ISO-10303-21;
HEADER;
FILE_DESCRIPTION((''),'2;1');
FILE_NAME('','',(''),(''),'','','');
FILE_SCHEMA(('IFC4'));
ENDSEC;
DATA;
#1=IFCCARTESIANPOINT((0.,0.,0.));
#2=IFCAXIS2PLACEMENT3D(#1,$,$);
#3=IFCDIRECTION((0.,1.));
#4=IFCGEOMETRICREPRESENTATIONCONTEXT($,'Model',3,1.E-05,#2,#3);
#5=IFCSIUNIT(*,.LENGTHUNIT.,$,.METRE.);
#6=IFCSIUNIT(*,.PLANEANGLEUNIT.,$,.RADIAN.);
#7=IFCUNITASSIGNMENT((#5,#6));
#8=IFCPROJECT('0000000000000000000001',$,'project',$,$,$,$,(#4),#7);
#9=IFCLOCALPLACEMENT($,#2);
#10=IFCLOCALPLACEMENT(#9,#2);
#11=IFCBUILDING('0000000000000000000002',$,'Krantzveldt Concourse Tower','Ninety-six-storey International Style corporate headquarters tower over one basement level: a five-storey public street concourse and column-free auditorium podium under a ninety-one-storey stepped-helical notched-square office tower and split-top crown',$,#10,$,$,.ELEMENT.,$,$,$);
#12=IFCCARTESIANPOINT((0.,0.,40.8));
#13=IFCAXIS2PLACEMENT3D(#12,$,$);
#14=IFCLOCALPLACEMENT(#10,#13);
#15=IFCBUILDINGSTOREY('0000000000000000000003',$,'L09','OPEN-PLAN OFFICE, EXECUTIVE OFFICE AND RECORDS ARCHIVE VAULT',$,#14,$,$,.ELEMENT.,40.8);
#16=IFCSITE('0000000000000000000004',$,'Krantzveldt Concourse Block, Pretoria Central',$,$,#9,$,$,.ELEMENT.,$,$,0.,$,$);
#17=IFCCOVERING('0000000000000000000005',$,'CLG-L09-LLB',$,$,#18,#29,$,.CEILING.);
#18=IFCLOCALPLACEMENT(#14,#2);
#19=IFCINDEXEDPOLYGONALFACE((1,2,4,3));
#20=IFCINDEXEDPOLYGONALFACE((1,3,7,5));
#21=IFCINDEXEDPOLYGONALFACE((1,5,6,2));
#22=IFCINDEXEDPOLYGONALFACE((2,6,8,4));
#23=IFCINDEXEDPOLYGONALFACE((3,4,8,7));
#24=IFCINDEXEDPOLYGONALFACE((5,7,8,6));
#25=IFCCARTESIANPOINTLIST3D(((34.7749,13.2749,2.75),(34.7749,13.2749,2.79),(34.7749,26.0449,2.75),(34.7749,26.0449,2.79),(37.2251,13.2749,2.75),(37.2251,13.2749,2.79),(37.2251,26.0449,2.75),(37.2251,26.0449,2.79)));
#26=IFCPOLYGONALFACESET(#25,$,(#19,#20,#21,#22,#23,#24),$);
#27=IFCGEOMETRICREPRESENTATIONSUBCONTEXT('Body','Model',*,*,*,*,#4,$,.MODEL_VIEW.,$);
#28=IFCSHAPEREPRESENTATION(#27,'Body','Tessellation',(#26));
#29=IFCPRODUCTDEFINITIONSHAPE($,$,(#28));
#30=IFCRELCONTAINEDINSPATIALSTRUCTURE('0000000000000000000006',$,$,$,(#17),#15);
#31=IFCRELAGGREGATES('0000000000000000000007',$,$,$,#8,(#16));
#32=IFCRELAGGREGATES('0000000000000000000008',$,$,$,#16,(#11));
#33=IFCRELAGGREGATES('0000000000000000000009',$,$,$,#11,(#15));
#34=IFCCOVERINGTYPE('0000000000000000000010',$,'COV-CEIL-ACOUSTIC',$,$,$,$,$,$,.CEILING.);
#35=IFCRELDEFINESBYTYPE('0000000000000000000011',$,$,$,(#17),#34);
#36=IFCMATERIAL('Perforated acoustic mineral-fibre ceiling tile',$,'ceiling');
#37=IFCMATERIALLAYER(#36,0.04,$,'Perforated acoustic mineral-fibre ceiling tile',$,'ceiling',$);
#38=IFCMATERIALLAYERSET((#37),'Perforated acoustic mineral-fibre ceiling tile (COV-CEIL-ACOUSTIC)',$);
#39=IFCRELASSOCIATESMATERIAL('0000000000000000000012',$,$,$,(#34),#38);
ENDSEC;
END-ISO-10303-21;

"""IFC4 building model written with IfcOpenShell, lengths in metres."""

from ifc_helpers import new_model, si_unit, direction, frame, origin, place, context, subcontext, project, spatial, polyline, outline, extrude, material, layer, layer_set, type_object, element, save


model = new_model("IFC4")

# Units and contexts
model_context = context("Model", 3, precision=1e-05, world=origin(), true_north=direction((0.0, 1.0)))
body_context = subcontext(model_context, "Body", "Model", "MODEL_VIEW")
ifc_project = project(units=[si_unit("LENGTHUNIT", "METRE"), si_unit("PLANEANGLEUNIT", "RADIAN")], contexts=[model_context])

# Site, building, storey
site_placement = place(None, origin())
site = spatial("IfcSite", under=ifc_project, at=site_placement, Name="Krantzveldt Concourse Block, Pretoria Central", CompositionType="ELEMENT", RefElevation=0.0)
building_placement = place(site_placement, origin())
building = spatial("IfcBuilding", under=site, at=building_placement, Name="Krantzveldt Concourse Tower", Description="Ninety-six-storey International Style corporate headquarters tower over one basement level: a five-storey public street concourse and column-free auditorium podium under a ninety-one-storey stepped-helical notched-square office tower and split-top crown", CompositionType="ELEMENT")
storey_placement = place(building_placement, frame((0.0, 0.0, 40.8)))
storey = spatial("IfcBuildingStorey", under=building, at=storey_placement, Name="L09", Description="OPEN-PLAN OFFICE, EXECUTIVE OFFICE AND RECORDS ARCHIVE VAULT", CompositionType="ELEMENT", Elevation=40.8)

# Covering
ifc_material_1 = material(Name="Perforated acoustic mineral-fibre ceiling tile", Category="ceiling")
ifc_layer_1 = layer(ifc_material_1, 0.04, Name="Perforated acoustic mineral-fibre ceiling tile", Category="ceiling")
ifc_layer_set_1 = layer_set([ifc_layer_1], Name="Perforated acoustic mineral-fibre ceiling tile (COV-CEIL-ACOUSTIC)")
covering_type = type_object("IfcCoveringType", Name="COV-CEIL-ACOUSTIC", PredefinedType="CEILING", material=ifc_layer_set_1)
covering_placement = place(storey_placement, frame((0.0, 0.0, 2.75)))
element("IfcCovering", 1, at=covering_placement, inside=storey, type_object=covering_type, Name="CLG-L09-LLB", PredefinedType="CEILING", context=body_context, shape_type="SweptSolid", body=[
    extrude(outline(polyline([(37.2251, 13.2749), (34.7749, 13.2749), (34.7749, 26.0449), (37.2251, 26.0449), (37.2251, 13.2749)])), origin(), (0.0, 0.0, 1.0), 0.04),
])

save(model, "model.ifc")
